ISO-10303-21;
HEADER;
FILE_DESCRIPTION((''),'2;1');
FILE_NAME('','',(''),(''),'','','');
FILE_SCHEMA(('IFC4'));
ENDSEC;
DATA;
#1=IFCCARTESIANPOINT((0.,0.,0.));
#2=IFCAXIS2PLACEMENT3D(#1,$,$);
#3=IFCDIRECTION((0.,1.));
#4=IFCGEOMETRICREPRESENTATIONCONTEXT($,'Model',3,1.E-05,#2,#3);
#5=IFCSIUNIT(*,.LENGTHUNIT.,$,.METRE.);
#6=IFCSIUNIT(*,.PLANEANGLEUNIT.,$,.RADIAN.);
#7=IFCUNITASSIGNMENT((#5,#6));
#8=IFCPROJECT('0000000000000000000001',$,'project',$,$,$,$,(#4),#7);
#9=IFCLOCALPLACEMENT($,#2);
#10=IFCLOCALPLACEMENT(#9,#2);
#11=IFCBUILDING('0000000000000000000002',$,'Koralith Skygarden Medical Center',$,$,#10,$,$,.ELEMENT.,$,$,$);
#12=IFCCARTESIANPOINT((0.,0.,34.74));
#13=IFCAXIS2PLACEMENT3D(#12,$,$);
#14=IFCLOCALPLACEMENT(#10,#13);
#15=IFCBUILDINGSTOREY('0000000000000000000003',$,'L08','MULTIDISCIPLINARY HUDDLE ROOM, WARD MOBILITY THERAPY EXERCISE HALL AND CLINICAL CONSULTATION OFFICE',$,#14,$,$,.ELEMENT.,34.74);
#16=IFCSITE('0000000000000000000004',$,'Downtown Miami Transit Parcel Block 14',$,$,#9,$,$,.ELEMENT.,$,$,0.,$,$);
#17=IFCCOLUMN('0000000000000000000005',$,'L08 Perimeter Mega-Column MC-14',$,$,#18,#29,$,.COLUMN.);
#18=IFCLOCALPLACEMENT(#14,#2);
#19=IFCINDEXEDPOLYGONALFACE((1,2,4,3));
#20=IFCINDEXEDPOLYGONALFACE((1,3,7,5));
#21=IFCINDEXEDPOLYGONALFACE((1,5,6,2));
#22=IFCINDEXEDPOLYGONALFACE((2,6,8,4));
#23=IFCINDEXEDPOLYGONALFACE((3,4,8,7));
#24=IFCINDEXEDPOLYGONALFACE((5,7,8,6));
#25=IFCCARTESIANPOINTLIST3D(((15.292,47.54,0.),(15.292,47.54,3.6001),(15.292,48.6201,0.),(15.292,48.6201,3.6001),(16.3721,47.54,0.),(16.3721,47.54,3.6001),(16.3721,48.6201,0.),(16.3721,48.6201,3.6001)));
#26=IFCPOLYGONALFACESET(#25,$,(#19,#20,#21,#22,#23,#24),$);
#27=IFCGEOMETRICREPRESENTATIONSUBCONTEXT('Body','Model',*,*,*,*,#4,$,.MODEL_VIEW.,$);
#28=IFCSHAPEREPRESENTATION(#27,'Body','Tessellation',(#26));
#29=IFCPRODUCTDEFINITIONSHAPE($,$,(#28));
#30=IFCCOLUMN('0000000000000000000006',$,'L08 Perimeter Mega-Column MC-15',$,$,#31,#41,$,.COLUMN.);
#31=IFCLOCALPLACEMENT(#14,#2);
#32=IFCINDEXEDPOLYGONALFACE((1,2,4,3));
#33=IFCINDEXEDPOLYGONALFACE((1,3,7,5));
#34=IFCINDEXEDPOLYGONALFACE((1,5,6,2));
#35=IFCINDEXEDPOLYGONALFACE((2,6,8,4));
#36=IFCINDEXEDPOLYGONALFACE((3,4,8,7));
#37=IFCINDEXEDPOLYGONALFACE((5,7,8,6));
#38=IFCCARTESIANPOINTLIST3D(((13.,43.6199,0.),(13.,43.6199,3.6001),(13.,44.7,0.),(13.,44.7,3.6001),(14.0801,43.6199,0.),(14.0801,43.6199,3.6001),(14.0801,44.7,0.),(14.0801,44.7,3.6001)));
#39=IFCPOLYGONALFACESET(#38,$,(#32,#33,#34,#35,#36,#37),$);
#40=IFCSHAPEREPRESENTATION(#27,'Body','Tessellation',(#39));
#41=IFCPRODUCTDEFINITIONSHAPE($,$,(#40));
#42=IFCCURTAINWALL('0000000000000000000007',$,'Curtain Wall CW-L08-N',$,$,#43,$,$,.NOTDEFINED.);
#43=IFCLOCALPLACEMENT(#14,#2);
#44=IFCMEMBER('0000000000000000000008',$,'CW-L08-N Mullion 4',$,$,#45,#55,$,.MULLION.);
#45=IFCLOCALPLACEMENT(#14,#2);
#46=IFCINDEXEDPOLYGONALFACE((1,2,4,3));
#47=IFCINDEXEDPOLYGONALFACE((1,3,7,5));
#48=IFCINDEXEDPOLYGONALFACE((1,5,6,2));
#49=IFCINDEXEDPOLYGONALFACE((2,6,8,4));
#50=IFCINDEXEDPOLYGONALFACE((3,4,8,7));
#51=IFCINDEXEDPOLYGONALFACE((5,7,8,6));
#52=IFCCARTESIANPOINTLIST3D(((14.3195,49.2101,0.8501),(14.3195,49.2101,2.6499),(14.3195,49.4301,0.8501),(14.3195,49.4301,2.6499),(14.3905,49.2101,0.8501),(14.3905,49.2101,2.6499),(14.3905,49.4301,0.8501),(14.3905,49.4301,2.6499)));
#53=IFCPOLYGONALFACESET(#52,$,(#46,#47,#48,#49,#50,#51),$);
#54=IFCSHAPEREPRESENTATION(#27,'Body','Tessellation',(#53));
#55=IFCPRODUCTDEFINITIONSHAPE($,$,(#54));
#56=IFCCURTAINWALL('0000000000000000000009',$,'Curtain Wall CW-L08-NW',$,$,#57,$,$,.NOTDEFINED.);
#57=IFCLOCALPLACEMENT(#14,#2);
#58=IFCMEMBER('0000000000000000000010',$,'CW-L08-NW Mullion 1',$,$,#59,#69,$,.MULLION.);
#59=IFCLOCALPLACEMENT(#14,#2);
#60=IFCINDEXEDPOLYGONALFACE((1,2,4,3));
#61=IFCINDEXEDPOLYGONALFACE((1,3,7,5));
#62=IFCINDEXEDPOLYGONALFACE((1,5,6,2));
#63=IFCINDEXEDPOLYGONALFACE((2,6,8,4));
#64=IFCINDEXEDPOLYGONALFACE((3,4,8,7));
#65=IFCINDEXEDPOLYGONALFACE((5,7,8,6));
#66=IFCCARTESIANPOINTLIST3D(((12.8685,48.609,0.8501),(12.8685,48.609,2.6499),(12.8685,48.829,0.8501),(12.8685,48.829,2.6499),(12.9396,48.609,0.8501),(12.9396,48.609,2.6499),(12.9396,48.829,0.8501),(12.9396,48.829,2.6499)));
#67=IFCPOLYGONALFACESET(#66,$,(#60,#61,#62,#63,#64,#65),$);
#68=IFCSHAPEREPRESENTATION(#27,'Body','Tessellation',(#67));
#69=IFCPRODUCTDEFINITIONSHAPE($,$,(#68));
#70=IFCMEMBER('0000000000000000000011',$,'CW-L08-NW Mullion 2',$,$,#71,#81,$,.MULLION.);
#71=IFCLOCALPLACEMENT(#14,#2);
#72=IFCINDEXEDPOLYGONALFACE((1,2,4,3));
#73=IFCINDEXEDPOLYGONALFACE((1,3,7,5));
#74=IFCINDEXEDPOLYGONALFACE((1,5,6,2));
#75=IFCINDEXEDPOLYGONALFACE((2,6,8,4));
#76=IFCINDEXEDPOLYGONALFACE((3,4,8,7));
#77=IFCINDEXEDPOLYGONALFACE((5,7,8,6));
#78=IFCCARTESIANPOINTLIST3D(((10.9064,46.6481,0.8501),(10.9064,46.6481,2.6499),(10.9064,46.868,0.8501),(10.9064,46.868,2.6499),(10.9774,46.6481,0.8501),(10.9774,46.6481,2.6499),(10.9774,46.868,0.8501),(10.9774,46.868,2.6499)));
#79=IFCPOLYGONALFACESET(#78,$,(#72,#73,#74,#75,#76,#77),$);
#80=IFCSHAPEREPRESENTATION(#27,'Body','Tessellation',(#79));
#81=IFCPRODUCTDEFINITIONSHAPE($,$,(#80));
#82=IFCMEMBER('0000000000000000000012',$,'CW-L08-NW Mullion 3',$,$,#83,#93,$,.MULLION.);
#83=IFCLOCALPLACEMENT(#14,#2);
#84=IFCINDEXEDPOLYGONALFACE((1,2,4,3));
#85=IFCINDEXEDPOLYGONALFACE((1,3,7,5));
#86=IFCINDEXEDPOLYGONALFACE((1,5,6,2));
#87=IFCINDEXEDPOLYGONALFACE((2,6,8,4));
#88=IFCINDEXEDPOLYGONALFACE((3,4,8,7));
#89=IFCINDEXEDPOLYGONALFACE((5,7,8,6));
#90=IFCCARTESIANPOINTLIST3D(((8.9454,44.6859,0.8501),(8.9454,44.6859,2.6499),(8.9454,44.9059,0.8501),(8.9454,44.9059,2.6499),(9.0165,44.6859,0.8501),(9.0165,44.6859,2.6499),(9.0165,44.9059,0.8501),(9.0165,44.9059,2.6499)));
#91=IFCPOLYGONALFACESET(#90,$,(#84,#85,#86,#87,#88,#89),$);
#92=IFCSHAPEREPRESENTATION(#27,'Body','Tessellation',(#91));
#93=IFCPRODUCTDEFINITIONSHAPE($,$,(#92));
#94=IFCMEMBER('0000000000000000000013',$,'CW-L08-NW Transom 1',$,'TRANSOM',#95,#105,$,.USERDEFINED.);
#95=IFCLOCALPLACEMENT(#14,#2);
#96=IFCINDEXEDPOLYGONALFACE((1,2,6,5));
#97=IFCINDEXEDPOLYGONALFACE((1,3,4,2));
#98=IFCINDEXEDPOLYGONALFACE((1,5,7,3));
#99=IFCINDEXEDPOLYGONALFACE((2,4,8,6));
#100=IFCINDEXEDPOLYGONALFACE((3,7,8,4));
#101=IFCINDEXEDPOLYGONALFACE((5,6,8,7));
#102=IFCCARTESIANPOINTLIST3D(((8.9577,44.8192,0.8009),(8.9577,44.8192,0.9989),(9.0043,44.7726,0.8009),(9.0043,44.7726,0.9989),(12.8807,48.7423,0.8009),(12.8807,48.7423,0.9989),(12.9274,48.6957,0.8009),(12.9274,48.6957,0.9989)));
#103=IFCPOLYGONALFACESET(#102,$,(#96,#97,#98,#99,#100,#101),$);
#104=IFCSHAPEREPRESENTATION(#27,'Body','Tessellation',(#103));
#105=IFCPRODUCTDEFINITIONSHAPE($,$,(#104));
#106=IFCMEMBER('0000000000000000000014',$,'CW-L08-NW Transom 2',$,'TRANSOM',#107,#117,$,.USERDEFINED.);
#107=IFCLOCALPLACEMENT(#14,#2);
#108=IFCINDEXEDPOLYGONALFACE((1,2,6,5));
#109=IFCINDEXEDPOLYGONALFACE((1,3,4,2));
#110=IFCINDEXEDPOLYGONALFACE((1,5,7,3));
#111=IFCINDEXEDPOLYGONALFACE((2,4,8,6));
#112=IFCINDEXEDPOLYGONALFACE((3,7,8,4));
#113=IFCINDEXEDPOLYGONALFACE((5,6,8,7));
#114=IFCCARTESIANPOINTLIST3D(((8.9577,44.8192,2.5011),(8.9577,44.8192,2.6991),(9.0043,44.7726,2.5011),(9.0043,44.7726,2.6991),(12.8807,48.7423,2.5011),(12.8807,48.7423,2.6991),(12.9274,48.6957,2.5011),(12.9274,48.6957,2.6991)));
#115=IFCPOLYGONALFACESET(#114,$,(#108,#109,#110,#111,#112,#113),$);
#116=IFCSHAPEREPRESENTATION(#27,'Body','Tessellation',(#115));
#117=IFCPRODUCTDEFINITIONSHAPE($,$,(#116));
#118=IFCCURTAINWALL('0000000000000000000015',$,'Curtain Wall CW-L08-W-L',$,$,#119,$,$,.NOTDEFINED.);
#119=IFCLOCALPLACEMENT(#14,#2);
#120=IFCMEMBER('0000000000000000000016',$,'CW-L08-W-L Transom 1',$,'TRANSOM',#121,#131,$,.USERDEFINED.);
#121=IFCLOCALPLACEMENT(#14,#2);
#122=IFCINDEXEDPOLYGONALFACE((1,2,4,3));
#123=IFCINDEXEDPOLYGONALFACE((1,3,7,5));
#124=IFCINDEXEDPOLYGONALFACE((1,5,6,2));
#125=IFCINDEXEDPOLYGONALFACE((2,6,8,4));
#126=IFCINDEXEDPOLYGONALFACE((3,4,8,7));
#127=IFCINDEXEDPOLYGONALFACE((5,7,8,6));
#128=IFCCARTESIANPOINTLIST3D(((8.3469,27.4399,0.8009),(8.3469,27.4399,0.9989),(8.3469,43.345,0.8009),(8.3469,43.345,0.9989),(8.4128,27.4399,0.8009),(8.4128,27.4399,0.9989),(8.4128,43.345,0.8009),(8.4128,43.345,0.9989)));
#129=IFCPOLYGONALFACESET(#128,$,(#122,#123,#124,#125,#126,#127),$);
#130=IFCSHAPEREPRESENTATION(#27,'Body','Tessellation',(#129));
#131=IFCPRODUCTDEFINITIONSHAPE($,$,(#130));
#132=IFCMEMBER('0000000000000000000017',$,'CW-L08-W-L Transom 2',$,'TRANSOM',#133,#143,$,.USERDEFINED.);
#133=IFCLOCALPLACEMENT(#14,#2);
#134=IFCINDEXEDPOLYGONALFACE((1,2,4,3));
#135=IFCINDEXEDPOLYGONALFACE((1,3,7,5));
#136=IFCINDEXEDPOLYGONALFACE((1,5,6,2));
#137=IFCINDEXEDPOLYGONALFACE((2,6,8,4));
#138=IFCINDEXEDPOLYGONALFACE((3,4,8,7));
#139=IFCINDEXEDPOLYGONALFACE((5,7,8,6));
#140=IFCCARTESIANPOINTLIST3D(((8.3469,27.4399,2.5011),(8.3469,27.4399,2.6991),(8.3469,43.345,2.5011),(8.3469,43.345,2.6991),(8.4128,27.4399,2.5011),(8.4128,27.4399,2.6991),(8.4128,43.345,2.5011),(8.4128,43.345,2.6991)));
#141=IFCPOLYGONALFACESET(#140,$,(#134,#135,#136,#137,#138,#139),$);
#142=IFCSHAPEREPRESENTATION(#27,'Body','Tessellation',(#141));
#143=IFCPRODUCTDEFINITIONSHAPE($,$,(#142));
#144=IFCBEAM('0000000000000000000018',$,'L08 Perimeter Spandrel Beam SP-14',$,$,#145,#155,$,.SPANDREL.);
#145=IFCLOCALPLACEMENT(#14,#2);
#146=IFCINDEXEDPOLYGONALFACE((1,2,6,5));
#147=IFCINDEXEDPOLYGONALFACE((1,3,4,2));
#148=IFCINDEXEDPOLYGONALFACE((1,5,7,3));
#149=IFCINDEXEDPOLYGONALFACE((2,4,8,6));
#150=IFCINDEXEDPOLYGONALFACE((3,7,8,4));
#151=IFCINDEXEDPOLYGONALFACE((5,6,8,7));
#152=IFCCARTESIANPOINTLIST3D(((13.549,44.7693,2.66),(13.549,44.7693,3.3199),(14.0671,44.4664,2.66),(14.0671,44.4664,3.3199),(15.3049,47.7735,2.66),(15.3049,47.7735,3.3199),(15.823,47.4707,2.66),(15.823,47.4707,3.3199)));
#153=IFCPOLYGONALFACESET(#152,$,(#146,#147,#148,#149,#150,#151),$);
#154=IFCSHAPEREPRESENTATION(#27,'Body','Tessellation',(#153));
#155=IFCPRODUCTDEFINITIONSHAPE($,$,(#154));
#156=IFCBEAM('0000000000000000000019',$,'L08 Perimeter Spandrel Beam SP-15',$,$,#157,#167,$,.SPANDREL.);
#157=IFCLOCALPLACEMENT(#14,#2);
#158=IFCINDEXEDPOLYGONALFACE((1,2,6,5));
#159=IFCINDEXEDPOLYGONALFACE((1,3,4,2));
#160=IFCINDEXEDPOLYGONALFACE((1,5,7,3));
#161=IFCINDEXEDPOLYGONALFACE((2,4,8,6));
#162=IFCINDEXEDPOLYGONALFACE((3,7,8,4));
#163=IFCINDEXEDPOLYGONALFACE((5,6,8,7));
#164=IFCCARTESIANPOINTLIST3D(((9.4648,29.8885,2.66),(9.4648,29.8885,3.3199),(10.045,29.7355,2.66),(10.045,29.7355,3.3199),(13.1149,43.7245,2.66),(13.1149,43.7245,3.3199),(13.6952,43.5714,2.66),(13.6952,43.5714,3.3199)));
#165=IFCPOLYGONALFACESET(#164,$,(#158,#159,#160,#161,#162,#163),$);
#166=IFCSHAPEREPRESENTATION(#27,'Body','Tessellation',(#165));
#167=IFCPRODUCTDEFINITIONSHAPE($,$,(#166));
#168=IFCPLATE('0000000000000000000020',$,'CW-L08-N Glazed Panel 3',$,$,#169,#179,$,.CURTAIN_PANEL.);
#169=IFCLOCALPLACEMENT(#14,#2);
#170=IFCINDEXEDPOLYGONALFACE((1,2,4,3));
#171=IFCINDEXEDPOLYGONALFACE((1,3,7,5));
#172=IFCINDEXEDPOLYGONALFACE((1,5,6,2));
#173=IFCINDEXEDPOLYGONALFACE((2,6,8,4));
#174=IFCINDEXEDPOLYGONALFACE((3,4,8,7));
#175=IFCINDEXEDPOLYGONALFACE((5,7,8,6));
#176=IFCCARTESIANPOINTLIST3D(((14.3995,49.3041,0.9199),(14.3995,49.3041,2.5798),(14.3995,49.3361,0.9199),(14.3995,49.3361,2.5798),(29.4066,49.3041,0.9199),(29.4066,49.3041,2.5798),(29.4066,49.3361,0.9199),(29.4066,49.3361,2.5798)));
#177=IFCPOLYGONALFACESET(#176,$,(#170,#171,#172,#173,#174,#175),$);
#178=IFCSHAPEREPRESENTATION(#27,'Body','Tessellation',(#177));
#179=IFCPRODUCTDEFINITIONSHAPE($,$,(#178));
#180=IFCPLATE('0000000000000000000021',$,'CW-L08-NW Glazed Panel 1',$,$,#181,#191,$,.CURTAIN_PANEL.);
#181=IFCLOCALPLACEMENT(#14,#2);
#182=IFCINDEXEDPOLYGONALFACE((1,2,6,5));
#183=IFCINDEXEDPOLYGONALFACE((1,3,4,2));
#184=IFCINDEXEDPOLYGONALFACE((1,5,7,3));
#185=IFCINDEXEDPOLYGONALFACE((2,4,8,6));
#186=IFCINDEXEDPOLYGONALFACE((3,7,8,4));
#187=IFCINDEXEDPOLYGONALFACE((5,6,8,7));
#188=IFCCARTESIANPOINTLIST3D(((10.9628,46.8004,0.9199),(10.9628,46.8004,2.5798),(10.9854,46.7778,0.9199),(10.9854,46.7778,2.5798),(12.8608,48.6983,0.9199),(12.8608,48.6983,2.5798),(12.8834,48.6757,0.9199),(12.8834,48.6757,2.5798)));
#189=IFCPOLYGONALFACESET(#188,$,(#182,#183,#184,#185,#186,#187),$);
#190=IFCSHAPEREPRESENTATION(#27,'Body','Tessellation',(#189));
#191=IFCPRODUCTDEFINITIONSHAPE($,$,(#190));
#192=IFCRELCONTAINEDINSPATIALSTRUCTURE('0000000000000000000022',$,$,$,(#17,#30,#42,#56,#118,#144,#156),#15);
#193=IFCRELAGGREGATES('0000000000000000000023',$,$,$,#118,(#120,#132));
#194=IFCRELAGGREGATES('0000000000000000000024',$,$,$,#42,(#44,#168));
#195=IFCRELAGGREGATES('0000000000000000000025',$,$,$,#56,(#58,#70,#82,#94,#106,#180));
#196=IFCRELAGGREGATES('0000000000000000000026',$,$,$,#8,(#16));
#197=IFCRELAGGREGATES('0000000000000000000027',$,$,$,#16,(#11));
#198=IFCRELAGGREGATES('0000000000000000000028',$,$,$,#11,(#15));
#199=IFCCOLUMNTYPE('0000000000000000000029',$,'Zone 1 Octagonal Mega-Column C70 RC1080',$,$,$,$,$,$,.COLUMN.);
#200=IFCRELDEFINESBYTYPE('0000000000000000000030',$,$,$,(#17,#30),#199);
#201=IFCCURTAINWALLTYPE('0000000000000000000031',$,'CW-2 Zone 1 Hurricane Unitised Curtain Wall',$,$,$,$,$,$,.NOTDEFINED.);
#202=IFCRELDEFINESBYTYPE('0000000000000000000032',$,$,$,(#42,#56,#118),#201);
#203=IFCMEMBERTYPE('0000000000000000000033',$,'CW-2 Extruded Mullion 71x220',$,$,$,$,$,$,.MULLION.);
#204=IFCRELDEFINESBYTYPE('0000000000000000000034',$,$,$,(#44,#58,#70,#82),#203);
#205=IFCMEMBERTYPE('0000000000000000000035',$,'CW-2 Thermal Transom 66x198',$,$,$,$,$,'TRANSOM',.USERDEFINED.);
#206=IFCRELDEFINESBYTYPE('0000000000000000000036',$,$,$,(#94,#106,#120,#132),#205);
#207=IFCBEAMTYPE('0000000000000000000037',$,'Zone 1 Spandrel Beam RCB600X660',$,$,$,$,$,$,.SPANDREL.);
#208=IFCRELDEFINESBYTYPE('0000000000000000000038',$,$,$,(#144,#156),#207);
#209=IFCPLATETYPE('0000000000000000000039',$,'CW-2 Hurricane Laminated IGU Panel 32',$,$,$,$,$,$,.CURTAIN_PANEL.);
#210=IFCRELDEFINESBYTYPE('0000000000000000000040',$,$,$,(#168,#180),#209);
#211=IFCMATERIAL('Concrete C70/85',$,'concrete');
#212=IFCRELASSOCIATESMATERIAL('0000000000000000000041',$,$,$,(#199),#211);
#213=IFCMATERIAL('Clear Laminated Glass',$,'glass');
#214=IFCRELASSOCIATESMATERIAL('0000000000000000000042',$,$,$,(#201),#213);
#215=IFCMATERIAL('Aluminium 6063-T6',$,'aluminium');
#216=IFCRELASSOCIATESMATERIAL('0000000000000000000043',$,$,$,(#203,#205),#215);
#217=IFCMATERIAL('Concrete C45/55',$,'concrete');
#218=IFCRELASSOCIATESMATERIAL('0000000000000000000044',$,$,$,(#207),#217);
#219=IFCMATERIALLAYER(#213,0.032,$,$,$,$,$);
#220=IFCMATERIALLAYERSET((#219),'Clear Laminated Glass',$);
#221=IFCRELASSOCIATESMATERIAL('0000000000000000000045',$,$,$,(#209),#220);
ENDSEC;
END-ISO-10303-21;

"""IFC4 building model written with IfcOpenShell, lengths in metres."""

from ifc_helpers import new_model, si_unit, direction, frame, origin, origin_2d, place, context, subcontext, project, spatial, rectangle, extrude, material, layer, layer_set, material_profile, profile_set, type_object, element, aggregate, save


model = new_model("IFC4")

# Units and contexts
model_context = context("Model", 3, precision=1e-05, world=origin(), true_north=direction((0.0, 1.0)))
body_context = subcontext(model_context, "Body", "Model", "MODEL_VIEW")
ifc_project = project(units=[si_unit("LENGTHUNIT", "METRE"), si_unit("PLANEANGLEUNIT", "RADIAN")], contexts=[model_context])

# Site, building, storey
site_placement = place(None, origin())
site = spatial("IfcSite", under=ifc_project, at=site_placement, Name="Downtown Miami Transit Parcel Block 14", CompositionType="ELEMENT", RefElevation=0.0)
building_placement = place(site_placement, origin())
building = spatial("IfcBuilding", under=site, at=building_placement, Name="Koralith Skygarden Medical Center", CompositionType="ELEMENT")
storey_placement = place(building_placement, frame((0.0, 0.0, 34.74)))
storey = spatial("IfcBuildingStorey", under=building, at=storey_placement, Name="L08", Description="MULTIDISCIPLINARY HUDDLE ROOM, WARD MOBILITY THERAPY EXERCISE HALL AND CLINICAL CONSULTATION OFFICE", CompositionType="ELEMENT", Elevation=34.74)

# Columns
ifc_material_1 = material(Name="Concrete C70/85", Category="concrete")
ifc_material_profile_1 = material_profile(ifc_material_1, rectangle(XDim=1.0801, YDim=1.0801, at=origin_2d()), Name="RC1080X1080")
ifc_profile_set_1 = profile_set([ifc_material_profile_1], Name="Concrete C70/85")
column_type = type_object("IfcColumnType", Name="Zone 1 Octagonal Mega-Column C70 RC1080", PredefinedType="COLUMN", material=ifc_profile_set_1)
for number, where, z_axis, x_axis, name in (
    (1, (15.832, 48.0801, 0.0), (0.0, 0.0, 1.0), (1.0, 0.0, 0.0), "L08 Perimeter Mega-Column MC-14"),
    (2, (13.54, 44.1599, 0.0), (0.0, 0.0, 1.0), (1.0, 0.0, 0.0), "L08 Perimeter Mega-Column MC-15"),
):
    element("IfcColumn", number, at=place(storey_placement, frame(where, z_axis=z_axis, x_axis=x_axis)), inside=storey, type_object=column_type, Name=name, PredefinedType="COLUMN", context=body_context, shape_type="SweptSolid", body=[
        extrude(rectangle(XDim=1.0801, YDim=1.0801, at=origin_2d()), origin(), (0.0, 0.0, 1.0), 3.6001),
    ])

# Curtain wall, member
ifc_material_2 = material(Name="Clear Laminated Glass", Category="glass")
curtain_wall_type = type_object("IfcCurtainWallType", Name="CW-2 Zone 1 Hurricane Unitised Curtain Wall", PredefinedType="NOTDEFINED", material=ifc_material_2)
curtain_wall_1_placement = place(storey_placement, origin())
curtain_wall_1 = element("IfcCurtainWall", 3, at=curtain_wall_1_placement, inside=storey, type_object=curtain_wall_type, Name="Curtain Wall CW-L08-N", PredefinedType="NOTDEFINED")
ifc_material_3 = material(Name="Aluminium 6063-T6", Category="aluminium")
ifc_material_profile_2 = material_profile(ifc_material_3, rectangle(XDim=0.071, YDim=0.22, at=origin_2d()), Name="MUL71X220")
ifc_profile_set_2 = profile_set([ifc_material_profile_2], Name="Aluminium 6063-T6")
member_type_1 = type_object("IfcMemberType", Name="CW-2 Extruded Mullion 71x220", PredefinedType="MULLION", material=ifc_profile_set_2)
member_1_placement = place(storey_placement, frame((14.355, 49.3201, 0.8501), z_axis=(0.0, 0.0, 1.0), x_axis=(1.0, 0.0, 0.0)))
member_1 = element("IfcMember", 4, at=member_1_placement, type_object=member_type_1, Name="CW-L08-N Mullion 4", PredefinedType="MULLION", context=body_context, shape_type="SweptSolid", body=[
    extrude(rectangle(XDim=0.071, YDim=0.22, at=origin_2d()), origin(), (0.0, 0.0, 1.0), 1.7998),
])

# Curtain walls, members
curtain_wall_2_placement = place(storey_placement, origin())
curtain_wall_2 = element("IfcCurtainWall", 5, at=curtain_wall_2_placement, inside=storey, type_object=curtain_wall_type, Name="Curtain Wall CW-L08-NW", PredefinedType="NOTDEFINED")
member_2_placement = place(storey_placement, frame((12.9041, 48.719, 0.8501), z_axis=(0.0, 0.0, 1.0), x_axis=(1.0, 0.0, 0.0)))
member_2 = element("IfcMember", 6, at=member_2_placement, type_object=member_type_1, Name="CW-L08-NW Mullion 1", PredefinedType="MULLION", context=body_context, shape_type="SweptSolid", body=[
    extrude(rectangle(XDim=0.071, YDim=0.22, at=origin_2d()), origin(), (0.0, 0.0, 1.0), 1.7998),
])
member_3_placement = place(storey_placement, frame((10.9419, 46.7581, 0.8501), z_axis=(0.0, 0.0, 1.0), x_axis=(1.0, 0.0, 0.0)))
member_3 = element("IfcMember", 7, at=member_3_placement, type_object=member_type_1, Name="CW-L08-NW Mullion 2", PredefinedType="MULLION", context=body_context, shape_type="SweptSolid", body=[
    extrude(rectangle(XDim=0.071, YDim=0.22, at=origin_2d()), origin(), (0.0, 0.0, 1.0), 1.7998),
])
member_4_placement = place(storey_placement, frame((8.981, 44.7959, 0.8501), z_axis=(0.0, 0.0, 1.0), x_axis=(1.0, 0.0, 0.0)))
member_4 = element("IfcMember", 8, at=member_4_placement, type_object=member_type_1, Name="CW-L08-NW Mullion 3", PredefinedType="MULLION", context=body_context, shape_type="SweptSolid", body=[
    extrude(rectangle(XDim=0.071, YDim=0.22, at=origin_2d()), origin(), (0.0, 0.0, 1.0), 1.7998),
])
ifc_material_profile_3 = material_profile(ifc_material_3, rectangle(XDim=0.0659, YDim=0.198, at=origin_2d()), Name="TRN66X198")
ifc_profile_set_3 = profile_set([ifc_material_profile_3], Name="Aluminium 6063-T6")
member_type_2 = type_object("IfcMemberType", Name="CW-2 Thermal Transom 66x198", ElementType="TRANSOM", PredefinedType="USERDEFINED", material=ifc_profile_set_3)
member_5_placement = place(storey_placement, frame((12.9041, 48.719, 0.8999), z_axis=(-0.707107, -0.707107, 0.0), x_axis=(0.707107, -0.707107, 0.0)))
member_5 = element("IfcMember", 9, at=member_5_placement, type_object=member_type_2, Name="CW-L08-NW Transom 1", ObjectType="TRANSOM", PredefinedType="USERDEFINED", context=body_context, shape_type="SweptSolid", body=[
    extrude(rectangle(XDim=0.0659, YDim=0.198, at=origin_2d()), origin(), (0.0, 0.0, 1.0), 5.5481),
])
member_6_placement = place(storey_placement, frame((12.9041, 48.719, 2.6001), z_axis=(-0.707107, -0.707107, 0.0), x_axis=(0.707107, -0.707107, 0.0)))
member_6 = element("IfcMember", 10, at=member_6_placement, type_object=member_type_2, Name="CW-L08-NW Transom 2", ObjectType="TRANSOM", PredefinedType="USERDEFINED", context=body_context, shape_type="SweptSolid", body=[
    extrude(rectangle(XDim=0.0659, YDim=0.198, at=origin_2d()), origin(), (0.0, 0.0, 1.0), 5.5481),
])
curtain_wall_3_placement = place(storey_placement, origin())
curtain_wall_3 = element("IfcCurtainWall", 11, at=curtain_wall_3_placement, inside=storey, type_object=curtain_wall_type, Name="Curtain Wall CW-L08-W-L", PredefinedType="NOTDEFINED")
member_7_placement = place(storey_placement, frame((8.3799, 43.345, 0.8999), z_axis=(0.0, -1.0, 0.0), x_axis=(1.0, 0.0, 0.0)))
member_7 = element("IfcMember", 12, at=member_7_placement, type_object=member_type_2, Name="CW-L08-W-L Transom 1", ObjectType="TRANSOM", PredefinedType="USERDEFINED", context=body_context, shape_type="SweptSolid", body=[
    extrude(rectangle(XDim=0.0659, YDim=0.198, at=origin_2d()), origin(), (0.0, 0.0, 1.0), 15.905),
])
member_8_placement = place(storey_placement, frame((8.3799, 43.345, 2.6001), z_axis=(0.0, -1.0, 0.0), x_axis=(1.0, 0.0, 0.0)))
member_8 = element("IfcMember", 13, at=member_8_placement, type_object=member_type_2, Name="CW-L08-W-L Transom 2", ObjectType="TRANSOM", PredefinedType="USERDEFINED", context=body_context, shape_type="SweptSolid", body=[
    extrude(rectangle(XDim=0.0659, YDim=0.198, at=origin_2d()), origin(), (0.0, 0.0, 1.0), 15.905),
])
aggregate(curtain_wall_3, [member_7, member_8])

# Beams
ifc_material_4 = material(Name="Concrete C45/55", Category="concrete")
ifc_material_profile_4 = material_profile(ifc_material_4, rectangle(XDim=0.6001, YDim=0.6599, at=origin_2d()), Name="RCB600X660")
ifc_profile_set_4 = profile_set([ifc_material_profile_4], Name="Concrete C45/55")
beam_type = type_object("IfcBeamType", Name="Zone 1 Spandrel Beam RCB600X660", PredefinedType="SPANDREL", material=ifc_profile_set_4)
beam_1_placement = place(storey_placement, frame((15.564, 47.6221, 2.99), z_axis=(-0.504608, -0.863349, 0.0), x_axis=(0.863349, -0.504608, 0.0)))
element("IfcBeam", 14, at=beam_1_placement, inside=storey, type_object=beam_type, Name="L08 Perimeter Spandrel Beam SP-14", PredefinedType="SPANDREL", context=body_context, shape_type="SweptSolid", body=[
    extrude(rectangle(XDim=0.6001, YDim=0.6599, at=origin_2d()), origin(), (0.0, 0.0, 1.0), 3.4797),
])
beam_2_placement = place(storey_placement, frame((13.405, 43.6479, 2.99), z_axis=(-0.255089, -0.966918, 0.0), x_axis=(0.966918, -0.255089, 0.0)))
element("IfcBeam", 15, at=beam_2_placement, inside=storey, type_object=beam_type, Name="L08 Perimeter Spandrel Beam SP-15", PredefinedType="SPANDREL", context=body_context, shape_type="SweptSolid", body=[
    extrude(rectangle(XDim=0.6001, YDim=0.6599, at=origin_2d()), origin(), (0.0, 0.0, 1.0), 14.3093),
])

# Plates
ifc_layer_1 = layer(ifc_material_2, 0.032)
ifc_layer_set_1 = layer_set([ifc_layer_1], Name="Clear Laminated Glass")
plate_type_1 = type_object("IfcPlateType", Name="CW-2 Hurricane Laminated IGU Panel 32", PredefinedType="CURTAIN_PANEL", material=ifc_layer_set_1)
plate_1_placement = place(storey_placement, frame((21.9031, 49.3201, 0.9199), z_axis=(0.0, 0.0, 1.0), x_axis=(-1.0, 0.0, 0.0)))
plate_1 = element("IfcPlate", 16, at=plate_1_placement, type_object=plate_type_1, Name="CW-L08-N Glazed Panel 3", PredefinedType="CURTAIN_PANEL", context=body_context, shape_type="SweptSolid", body=[
    extrude(rectangle(XDim=15.0071, YDim=0.032, at=origin_2d()), origin(), (0.0, 0.0, 1.0), 1.6599),
])
aggregate(curtain_wall_1, [member_1, plate_1])
plate_2_placement = place(storey_placement, frame((11.9231, 47.738, 0.9199), z_axis=(0.0, 0.0, 1.0), x_axis=(-0.707107, -0.707107, 0.0)))
plate_2 = element("IfcPlate", 17, at=plate_2_placement, type_object=plate_type_1, Name="CW-L08-NW Glazed Panel 1", PredefinedType="CURTAIN_PANEL", context=body_context, shape_type="SweptSolid", body=[
    extrude(rectangle(XDim=2.6841, YDim=0.032, at=origin_2d()), origin(), (0.0, 0.0, 1.0), 1.6599),
])
aggregate(curtain_wall_2, [member_2, member_3, member_4, member_5, member_6, plate_2])

save(model, "model.ifc")
